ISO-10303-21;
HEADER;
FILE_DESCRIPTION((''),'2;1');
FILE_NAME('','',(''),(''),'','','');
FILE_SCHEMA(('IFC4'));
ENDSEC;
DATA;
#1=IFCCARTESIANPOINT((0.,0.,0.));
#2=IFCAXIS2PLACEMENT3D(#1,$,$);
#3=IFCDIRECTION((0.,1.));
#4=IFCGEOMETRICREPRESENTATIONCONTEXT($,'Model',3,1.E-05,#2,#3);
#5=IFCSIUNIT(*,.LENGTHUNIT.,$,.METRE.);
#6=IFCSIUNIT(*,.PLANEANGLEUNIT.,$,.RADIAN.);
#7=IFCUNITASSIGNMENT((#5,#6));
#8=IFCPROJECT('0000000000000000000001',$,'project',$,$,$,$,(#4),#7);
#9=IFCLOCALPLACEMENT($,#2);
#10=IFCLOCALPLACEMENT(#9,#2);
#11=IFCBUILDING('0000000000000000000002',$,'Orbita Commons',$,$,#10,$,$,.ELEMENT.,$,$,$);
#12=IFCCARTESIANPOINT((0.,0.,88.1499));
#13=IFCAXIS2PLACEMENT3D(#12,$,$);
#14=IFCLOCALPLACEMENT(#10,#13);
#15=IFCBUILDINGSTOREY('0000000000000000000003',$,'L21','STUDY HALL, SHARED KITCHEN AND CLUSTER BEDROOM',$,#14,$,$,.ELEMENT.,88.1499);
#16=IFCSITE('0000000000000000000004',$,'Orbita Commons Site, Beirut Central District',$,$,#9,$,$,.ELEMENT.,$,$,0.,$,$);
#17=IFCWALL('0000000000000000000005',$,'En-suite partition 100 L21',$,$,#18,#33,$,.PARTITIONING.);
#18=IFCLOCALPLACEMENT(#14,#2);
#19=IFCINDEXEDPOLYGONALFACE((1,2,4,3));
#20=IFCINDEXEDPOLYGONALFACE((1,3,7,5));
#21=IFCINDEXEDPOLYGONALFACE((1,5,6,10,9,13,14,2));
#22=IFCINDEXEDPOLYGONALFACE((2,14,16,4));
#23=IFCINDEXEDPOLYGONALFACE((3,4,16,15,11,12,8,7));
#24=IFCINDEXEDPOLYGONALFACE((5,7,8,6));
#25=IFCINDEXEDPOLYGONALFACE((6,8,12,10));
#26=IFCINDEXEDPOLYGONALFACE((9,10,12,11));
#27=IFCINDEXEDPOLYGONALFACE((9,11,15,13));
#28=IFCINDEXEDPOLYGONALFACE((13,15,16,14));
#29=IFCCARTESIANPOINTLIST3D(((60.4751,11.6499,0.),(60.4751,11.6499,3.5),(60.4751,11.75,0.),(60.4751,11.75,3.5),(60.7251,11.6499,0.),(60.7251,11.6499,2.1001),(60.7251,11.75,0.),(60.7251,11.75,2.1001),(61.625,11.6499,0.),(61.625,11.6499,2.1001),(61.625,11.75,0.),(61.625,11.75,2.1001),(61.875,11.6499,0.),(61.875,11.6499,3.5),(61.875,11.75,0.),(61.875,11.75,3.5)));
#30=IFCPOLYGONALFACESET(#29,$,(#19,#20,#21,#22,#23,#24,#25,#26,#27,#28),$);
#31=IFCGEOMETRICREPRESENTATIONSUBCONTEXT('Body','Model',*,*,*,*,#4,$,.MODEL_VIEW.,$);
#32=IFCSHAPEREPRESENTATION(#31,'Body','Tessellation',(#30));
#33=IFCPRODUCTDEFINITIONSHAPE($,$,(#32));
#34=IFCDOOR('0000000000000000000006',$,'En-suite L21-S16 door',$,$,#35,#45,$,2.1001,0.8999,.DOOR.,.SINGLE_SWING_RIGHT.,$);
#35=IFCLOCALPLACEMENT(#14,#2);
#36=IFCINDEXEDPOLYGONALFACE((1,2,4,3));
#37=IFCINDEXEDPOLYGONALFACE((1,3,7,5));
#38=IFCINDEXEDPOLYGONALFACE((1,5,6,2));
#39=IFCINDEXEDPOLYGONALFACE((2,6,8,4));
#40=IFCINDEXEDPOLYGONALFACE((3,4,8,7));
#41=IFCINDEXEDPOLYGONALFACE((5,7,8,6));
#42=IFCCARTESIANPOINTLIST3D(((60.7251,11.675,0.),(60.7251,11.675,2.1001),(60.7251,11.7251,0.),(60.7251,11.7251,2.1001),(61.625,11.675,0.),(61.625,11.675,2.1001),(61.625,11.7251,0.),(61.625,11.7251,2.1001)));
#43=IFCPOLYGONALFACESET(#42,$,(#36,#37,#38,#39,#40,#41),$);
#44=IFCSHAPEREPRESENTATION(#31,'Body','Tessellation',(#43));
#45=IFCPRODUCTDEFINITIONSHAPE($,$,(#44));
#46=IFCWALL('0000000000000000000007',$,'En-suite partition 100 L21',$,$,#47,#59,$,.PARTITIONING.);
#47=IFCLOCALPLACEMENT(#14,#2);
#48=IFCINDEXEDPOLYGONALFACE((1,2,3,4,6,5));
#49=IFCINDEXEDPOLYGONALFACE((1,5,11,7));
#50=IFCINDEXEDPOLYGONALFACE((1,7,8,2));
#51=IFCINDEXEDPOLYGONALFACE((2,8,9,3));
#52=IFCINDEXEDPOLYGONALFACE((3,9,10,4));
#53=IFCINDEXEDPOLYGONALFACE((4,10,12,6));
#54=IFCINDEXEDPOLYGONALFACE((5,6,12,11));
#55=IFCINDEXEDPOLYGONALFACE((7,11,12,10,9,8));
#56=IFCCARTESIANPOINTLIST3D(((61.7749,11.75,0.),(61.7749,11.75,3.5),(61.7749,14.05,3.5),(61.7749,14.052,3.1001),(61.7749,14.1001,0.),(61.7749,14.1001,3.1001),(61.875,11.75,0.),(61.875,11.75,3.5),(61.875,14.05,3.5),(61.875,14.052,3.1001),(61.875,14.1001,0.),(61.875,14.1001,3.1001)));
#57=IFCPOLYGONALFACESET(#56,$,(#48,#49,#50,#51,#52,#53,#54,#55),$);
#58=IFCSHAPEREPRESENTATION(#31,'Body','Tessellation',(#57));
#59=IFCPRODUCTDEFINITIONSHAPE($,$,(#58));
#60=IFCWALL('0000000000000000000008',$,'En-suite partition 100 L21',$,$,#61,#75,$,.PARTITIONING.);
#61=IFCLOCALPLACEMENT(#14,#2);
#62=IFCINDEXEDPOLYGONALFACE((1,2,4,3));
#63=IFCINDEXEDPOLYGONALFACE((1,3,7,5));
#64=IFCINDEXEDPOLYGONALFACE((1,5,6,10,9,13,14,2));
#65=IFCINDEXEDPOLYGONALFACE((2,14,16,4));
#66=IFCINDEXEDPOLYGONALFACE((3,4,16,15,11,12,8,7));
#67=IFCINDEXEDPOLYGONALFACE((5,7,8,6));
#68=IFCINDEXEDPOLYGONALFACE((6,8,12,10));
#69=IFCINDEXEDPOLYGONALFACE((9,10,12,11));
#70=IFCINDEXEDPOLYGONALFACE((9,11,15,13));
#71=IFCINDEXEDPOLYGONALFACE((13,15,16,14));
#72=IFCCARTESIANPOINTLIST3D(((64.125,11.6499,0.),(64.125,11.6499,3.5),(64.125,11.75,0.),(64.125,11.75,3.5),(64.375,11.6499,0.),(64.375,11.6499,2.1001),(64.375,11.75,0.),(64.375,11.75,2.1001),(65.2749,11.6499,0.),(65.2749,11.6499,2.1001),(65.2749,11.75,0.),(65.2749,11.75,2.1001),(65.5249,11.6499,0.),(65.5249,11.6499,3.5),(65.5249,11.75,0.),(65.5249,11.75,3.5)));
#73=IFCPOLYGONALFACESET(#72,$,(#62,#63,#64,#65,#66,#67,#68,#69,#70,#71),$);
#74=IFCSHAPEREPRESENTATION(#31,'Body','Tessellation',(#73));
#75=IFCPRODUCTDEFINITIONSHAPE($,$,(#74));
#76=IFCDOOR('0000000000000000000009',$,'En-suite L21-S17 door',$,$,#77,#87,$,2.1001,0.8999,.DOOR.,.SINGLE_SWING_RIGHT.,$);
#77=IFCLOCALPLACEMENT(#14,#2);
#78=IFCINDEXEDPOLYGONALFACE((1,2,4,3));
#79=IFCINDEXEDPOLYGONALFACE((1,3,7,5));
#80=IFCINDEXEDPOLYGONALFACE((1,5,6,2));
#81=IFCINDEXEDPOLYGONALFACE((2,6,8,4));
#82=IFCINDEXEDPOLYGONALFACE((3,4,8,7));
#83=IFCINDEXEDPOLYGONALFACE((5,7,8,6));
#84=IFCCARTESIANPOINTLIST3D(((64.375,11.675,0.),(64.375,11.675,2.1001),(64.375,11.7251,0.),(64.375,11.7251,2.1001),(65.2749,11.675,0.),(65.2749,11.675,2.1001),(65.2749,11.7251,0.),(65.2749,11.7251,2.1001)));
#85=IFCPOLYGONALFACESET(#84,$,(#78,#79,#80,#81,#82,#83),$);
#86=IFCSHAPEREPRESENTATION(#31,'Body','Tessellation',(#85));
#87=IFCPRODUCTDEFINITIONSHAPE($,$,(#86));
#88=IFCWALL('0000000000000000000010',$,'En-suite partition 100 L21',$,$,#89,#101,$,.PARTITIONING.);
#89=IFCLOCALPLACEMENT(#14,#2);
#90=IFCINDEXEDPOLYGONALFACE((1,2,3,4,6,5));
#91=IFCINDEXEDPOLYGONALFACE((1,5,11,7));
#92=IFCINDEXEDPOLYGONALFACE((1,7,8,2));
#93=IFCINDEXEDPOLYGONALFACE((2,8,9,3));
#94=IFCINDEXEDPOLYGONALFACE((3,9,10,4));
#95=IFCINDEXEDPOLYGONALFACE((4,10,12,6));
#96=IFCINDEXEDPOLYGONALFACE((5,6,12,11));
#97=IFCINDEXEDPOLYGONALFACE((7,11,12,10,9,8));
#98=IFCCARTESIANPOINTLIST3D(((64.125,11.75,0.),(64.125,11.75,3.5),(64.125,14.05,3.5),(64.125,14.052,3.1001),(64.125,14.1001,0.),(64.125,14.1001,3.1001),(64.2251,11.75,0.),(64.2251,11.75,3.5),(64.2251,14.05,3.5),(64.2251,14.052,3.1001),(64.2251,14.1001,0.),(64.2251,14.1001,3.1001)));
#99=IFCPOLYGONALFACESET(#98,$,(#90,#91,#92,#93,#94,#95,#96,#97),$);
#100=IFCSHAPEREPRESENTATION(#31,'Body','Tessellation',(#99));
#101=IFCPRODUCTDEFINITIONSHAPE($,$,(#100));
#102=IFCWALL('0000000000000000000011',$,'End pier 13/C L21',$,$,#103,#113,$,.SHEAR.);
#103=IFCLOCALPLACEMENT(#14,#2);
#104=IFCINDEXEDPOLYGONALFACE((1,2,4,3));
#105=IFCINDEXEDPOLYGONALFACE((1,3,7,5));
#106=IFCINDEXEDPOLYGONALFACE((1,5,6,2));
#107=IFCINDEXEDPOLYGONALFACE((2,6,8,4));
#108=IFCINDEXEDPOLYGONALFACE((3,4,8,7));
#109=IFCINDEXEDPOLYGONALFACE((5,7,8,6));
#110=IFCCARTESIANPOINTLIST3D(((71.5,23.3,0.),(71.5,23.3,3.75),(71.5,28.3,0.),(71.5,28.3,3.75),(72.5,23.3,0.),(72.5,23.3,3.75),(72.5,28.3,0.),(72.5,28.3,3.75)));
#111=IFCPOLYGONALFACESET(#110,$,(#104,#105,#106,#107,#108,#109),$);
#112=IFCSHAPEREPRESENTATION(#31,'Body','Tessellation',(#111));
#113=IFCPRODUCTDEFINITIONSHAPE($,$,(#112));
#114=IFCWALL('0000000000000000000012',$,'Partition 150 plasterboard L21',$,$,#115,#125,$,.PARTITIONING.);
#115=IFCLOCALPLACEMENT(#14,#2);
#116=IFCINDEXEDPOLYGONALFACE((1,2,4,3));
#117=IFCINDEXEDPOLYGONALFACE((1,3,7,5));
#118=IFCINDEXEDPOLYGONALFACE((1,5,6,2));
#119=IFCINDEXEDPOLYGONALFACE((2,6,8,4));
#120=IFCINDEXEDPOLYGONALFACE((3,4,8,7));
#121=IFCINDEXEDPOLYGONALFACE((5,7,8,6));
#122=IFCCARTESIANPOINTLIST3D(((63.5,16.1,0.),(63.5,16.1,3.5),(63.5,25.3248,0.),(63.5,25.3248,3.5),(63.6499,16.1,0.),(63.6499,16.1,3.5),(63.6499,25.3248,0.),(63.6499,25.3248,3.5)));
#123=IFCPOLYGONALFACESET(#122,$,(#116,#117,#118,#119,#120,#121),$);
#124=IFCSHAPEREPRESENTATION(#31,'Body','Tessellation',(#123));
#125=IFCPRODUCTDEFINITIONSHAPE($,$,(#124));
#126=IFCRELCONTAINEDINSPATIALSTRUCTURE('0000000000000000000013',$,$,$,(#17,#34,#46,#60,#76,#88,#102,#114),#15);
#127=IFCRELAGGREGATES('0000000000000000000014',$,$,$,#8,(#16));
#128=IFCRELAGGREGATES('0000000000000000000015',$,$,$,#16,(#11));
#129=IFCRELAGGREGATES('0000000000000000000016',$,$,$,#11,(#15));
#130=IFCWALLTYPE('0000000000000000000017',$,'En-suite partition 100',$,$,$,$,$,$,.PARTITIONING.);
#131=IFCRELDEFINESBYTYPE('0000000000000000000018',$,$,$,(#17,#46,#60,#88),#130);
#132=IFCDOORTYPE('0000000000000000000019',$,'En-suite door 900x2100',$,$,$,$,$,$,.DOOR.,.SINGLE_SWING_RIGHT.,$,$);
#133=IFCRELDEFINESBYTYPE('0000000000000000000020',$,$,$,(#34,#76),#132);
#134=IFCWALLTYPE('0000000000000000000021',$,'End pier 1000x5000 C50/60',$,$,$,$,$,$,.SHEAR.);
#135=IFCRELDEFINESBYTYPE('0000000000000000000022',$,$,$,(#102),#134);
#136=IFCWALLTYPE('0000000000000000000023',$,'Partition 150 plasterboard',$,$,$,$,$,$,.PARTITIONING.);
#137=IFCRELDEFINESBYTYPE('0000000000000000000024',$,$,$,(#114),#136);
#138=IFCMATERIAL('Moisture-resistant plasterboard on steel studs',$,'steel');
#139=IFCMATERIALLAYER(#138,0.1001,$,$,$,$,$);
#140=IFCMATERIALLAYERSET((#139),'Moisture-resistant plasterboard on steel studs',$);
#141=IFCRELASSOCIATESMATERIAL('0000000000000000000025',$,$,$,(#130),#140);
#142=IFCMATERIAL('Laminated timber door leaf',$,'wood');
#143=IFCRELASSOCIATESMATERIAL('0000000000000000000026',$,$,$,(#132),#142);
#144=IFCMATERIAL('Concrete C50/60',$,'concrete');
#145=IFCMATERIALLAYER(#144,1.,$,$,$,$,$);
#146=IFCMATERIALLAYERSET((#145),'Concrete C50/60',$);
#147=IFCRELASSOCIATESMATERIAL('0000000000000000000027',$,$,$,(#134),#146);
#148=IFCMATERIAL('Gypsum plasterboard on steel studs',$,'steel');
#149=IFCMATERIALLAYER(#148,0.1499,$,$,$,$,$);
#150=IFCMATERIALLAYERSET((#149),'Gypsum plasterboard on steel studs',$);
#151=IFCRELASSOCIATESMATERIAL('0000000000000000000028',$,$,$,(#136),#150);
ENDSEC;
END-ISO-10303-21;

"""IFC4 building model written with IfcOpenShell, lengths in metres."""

from ifc_helpers import new_model, si_unit, direction, frame, frame_2d, origin, place, context, subcontext, project, spatial, polyline, rectangle, outline, extrude, material, layer, layer_set, type_object, element, fill, save


model = new_model("IFC4")

# Units and contexts
model_context = context("Model", 3, precision=1e-05, world=origin(), true_north=direction((0.0, 1.0)))
body_context = subcontext(model_context, "Body", "Model", "MODEL_VIEW")
ifc_project = project(units=[si_unit("LENGTHUNIT", "METRE"), si_unit("PLANEANGLEUNIT", "RADIAN")], contexts=[model_context])

# Site, building, storey
site_placement = place(None, origin())
site = spatial("IfcSite", under=ifc_project, at=site_placement, Name="Orbita Commons Site, Beirut Central District", CompositionType="ELEMENT", RefElevation=0.0)
building_placement = place(site_placement, origin())
building = spatial("IfcBuilding", under=site, at=building_placement, Name="Orbita Commons", CompositionType="ELEMENT")
storey_placement = place(building_placement, frame((0.0, 0.0, 88.1499)))
storey = spatial("IfcBuildingStorey", under=building, at=storey_placement, Name="L21", Description="STUDY HALL, SHARED KITCHEN AND CLUSTER BEDROOM", CompositionType="ELEMENT", Elevation=88.1499)

# Wall, opening, door
ifc_material_1 = material(Name="Moisture-resistant plasterboard on steel studs", Category="steel")
ifc_layer_1 = layer(ifc_material_1, 0.1001)
ifc_layer_set_1 = layer_set([ifc_layer_1], Name="Moisture-resistant plasterboard on steel studs")
wall_type_1 = type_object("IfcWallType", Name="En-suite partition 100", PredefinedType="PARTITIONING", material=ifc_layer_set_1)
wall_1_placement = place(storey_placement, frame((61.875, 11.7, 0.0), z_axis=(0.0, 0.0, 1.0), x_axis=(-1.0, 0.0, 0.0)))
wall_1 = element("IfcWall", 1, at=wall_1_placement, inside=storey, type_object=wall_type_1, Name="En-suite partition 100 L21", PredefinedType="PARTITIONING", context=body_context, shape_type="SweptSolid", body=[
    extrude(rectangle(XDim=1.3999, YDim=0.1001, at=frame_2d((0.7, 0.0))), origin(), (0.0, 0.0, 1.0), 3.5),
])
opening_1_placement = place(wall_1_placement, frame((0.25, 0.0, 0.0)))
opening_1 = element("IfcOpeningElement", 2, at=opening_1_placement, cuts=wall_1, PredefinedType="OPENING", context=body_context, shape_type="SweptSolid", body=[
    extrude(rectangle(XDim=0.8999, YDim=2.1001, at=frame_2d((0.45, 1.05))), frame((0.0, 0.0601, 0.0), z_axis=(0.0, -1.0, 0.0), x_axis=(1.0, 0.0, 0.0)), (0.0, 0.0, 1.0), 0.1201),
])
ifc_material_2 = material(Name="Laminated timber door leaf", Category="wood")
door_type_1 = type_object("IfcDoorType", Name="En-suite door 900x2100", OperationType="SINGLE_SWING_RIGHT", PredefinedType="DOOR", material=ifc_material_2)
door_1_placement = place(opening_1_placement, origin())
door_1 = element("IfcDoor", 3, at=door_1_placement, inside=storey, type_object=door_type_1, Name="En-suite L21-S16 door", OperationType="SINGLE_SWING_RIGHT", OverallHeight=2.1001, OverallWidth=0.8999, PredefinedType="DOOR", context=body_context, shape_type="SweptSolid", body=[
    extrude(rectangle(XDim=0.8999, YDim=2.1001, at=frame_2d((0.45, 1.05))), frame((0.0, 0.0249, 0.0), z_axis=(0.0, -1.0, 0.0), x_axis=(1.0, 0.0, 0.0)), (0.0, 0.0, 1.0), 0.05),
])
fill(opening_1, door_1)

# Wall
wall_2_placement = place(storey_placement, frame((61.825, 11.75, 0.0), z_axis=(0.0, 0.0, 1.0), x_axis=(0.0, 1.0, 0.0)))
element("IfcWall", 4, at=wall_2_placement, inside=storey, type_object=wall_type_1, Name="En-suite partition 100 L21", PredefinedType="PARTITIONING", context=body_context, shape_type="SweptSolid", body=[
    extrude(outline(polyline([(0.0, 0.0), (2.3501, 0.0), (2.3501, 3.1001), (2.302, 3.1001), (2.3, 3.5), (0.0, 3.5), (0.0, 0.0)])), frame((0.0, 0.05, 0.0), z_axis=(0.0, -1.0, 0.0), x_axis=(1.0, 0.0, 0.0)), (0.0, 0.0, 1.0), 0.1001),
])

# Wall, opening, door
wall_3_placement = place(storey_placement, frame((65.5249, 11.7, 0.0), z_axis=(0.0, 0.0, 1.0), x_axis=(-1.0, 0.0, 0.0)))
wall_3 = element("IfcWall", 5, at=wall_3_placement, inside=storey, type_object=wall_type_1, Name="En-suite partition 100 L21", PredefinedType="PARTITIONING", context=body_context, shape_type="SweptSolid", body=[
    extrude(rectangle(XDim=1.3999, YDim=0.1001, at=frame_2d((0.7, 0.0))), origin(), (0.0, 0.0, 1.0), 3.5),
])
opening_2_placement = place(wall_3_placement, frame((0.25, 0.0, 0.0)))
opening_2 = element("IfcOpeningElement", 6, at=opening_2_placement, cuts=wall_3, PredefinedType="OPENING", context=body_context, shape_type="SweptSolid", body=[
    extrude(rectangle(XDim=0.8999, YDim=2.1001, at=frame_2d((0.45, 1.05))), frame((0.0, 0.0601, 0.0), z_axis=(0.0, -1.0, 0.0), x_axis=(1.0, 0.0, 0.0)), (0.0, 0.0, 1.0), 0.1201),
])
door_2_placement = place(opening_2_placement, origin())
door_2 = element("IfcDoor", 7, at=door_2_placement, inside=storey, type_object=door_type_1, Name="En-suite L21-S17 door", OperationType="SINGLE_SWING_RIGHT", OverallHeight=2.1001, OverallWidth=0.8999, PredefinedType="DOOR", context=body_context, shape_type="SweptSolid", body=[
    extrude(rectangle(XDim=0.8999, YDim=2.1001, at=frame_2d((0.45, 1.05))), frame((0.0, 0.0249, 0.0), z_axis=(0.0, -1.0, 0.0), x_axis=(1.0, 0.0, 0.0)), (0.0, 0.0, 1.0), 0.05),
])
fill(opening_2, door_2)

# Walls
wall_4_placement = place(storey_placement, frame((64.175, 11.75, 0.0), z_axis=(0.0, 0.0, 1.0), x_axis=(0.0, 1.0, 0.0)))
element("IfcWall", 8, at=wall_4_placement, inside=storey, type_object=wall_type_1, Name="En-suite partition 100 L21", PredefinedType="PARTITIONING", context=body_context, shape_type="SweptSolid", body=[
    extrude(outline(polyline([(0.0, 0.0), (2.3501, 0.0), (2.3501, 3.1001), (2.302, 3.1001), (2.3, 3.5), (0.0, 3.5), (0.0, 0.0)])), frame((0.0, 0.05, 0.0), z_axis=(0.0, -1.0, 0.0), x_axis=(1.0, 0.0, 0.0)), (0.0, 0.0, 1.0), 0.1001),
])
ifc_material_3 = material(Name="Concrete C50/60", Category="concrete")
ifc_layer_2 = layer(ifc_material_3, 1.0)
ifc_layer_set_2 = layer_set([ifc_layer_2], Name="Concrete C50/60")
wall_type_2 = type_object("IfcWallType", Name="End pier 1000x5000 C50/60", PredefinedType="SHEAR", material=ifc_layer_set_2)
wall_5_placement = place(storey_placement, frame((72.0, 23.3, 0.0), z_axis=(0.0, 0.0, 1.0), x_axis=(0.0, 1.0, 0.0)))
element("IfcWall", 9, at=wall_5_placement, inside=storey, type_object=wall_type_2, Name="End pier 13/C L21", PredefinedType="SHEAR", context=body_context, shape_type="SweptSolid", body=[
    extrude(rectangle(XDim=5.0, YDim=1.0, at=frame_2d((2.5, 0.0))), origin(), (0.0, 0.0, 1.0), 3.75),
])
ifc_material_4 = material(Name="Gypsum plasterboard on steel studs", Category="steel")
ifc_layer_3 = layer(ifc_material_4, 0.1499)
ifc_layer_set_3 = layer_set([ifc_layer_3], Name="Gypsum plasterboard on steel studs")
wall_type_3 = type_object("IfcWallType", Name="Partition 150 plasterboard", PredefinedType="PARTITIONING", material=ifc_layer_set_3)
wall_6_placement = place(storey_placement, frame((63.575, 16.1001, 0.0), z_axis=(0.0, 0.0, 1.0), x_axis=(0.0, 1.0, 0.0)))
element("IfcWall", 10, at=wall_6_placement, inside=storey, type_object=wall_type_3, Name="Partition 150 plasterboard L21", PredefinedType="PARTITIONING", context=body_context, shape_type="SweptSolid", body=[
    extrude(rectangle(XDim=9.2249, YDim=0.1499, at=frame_2d((4.6123, 0.0))), origin(), (0.0, 0.0, 1.0), 3.5),
])

save(model, "model.ifc")
